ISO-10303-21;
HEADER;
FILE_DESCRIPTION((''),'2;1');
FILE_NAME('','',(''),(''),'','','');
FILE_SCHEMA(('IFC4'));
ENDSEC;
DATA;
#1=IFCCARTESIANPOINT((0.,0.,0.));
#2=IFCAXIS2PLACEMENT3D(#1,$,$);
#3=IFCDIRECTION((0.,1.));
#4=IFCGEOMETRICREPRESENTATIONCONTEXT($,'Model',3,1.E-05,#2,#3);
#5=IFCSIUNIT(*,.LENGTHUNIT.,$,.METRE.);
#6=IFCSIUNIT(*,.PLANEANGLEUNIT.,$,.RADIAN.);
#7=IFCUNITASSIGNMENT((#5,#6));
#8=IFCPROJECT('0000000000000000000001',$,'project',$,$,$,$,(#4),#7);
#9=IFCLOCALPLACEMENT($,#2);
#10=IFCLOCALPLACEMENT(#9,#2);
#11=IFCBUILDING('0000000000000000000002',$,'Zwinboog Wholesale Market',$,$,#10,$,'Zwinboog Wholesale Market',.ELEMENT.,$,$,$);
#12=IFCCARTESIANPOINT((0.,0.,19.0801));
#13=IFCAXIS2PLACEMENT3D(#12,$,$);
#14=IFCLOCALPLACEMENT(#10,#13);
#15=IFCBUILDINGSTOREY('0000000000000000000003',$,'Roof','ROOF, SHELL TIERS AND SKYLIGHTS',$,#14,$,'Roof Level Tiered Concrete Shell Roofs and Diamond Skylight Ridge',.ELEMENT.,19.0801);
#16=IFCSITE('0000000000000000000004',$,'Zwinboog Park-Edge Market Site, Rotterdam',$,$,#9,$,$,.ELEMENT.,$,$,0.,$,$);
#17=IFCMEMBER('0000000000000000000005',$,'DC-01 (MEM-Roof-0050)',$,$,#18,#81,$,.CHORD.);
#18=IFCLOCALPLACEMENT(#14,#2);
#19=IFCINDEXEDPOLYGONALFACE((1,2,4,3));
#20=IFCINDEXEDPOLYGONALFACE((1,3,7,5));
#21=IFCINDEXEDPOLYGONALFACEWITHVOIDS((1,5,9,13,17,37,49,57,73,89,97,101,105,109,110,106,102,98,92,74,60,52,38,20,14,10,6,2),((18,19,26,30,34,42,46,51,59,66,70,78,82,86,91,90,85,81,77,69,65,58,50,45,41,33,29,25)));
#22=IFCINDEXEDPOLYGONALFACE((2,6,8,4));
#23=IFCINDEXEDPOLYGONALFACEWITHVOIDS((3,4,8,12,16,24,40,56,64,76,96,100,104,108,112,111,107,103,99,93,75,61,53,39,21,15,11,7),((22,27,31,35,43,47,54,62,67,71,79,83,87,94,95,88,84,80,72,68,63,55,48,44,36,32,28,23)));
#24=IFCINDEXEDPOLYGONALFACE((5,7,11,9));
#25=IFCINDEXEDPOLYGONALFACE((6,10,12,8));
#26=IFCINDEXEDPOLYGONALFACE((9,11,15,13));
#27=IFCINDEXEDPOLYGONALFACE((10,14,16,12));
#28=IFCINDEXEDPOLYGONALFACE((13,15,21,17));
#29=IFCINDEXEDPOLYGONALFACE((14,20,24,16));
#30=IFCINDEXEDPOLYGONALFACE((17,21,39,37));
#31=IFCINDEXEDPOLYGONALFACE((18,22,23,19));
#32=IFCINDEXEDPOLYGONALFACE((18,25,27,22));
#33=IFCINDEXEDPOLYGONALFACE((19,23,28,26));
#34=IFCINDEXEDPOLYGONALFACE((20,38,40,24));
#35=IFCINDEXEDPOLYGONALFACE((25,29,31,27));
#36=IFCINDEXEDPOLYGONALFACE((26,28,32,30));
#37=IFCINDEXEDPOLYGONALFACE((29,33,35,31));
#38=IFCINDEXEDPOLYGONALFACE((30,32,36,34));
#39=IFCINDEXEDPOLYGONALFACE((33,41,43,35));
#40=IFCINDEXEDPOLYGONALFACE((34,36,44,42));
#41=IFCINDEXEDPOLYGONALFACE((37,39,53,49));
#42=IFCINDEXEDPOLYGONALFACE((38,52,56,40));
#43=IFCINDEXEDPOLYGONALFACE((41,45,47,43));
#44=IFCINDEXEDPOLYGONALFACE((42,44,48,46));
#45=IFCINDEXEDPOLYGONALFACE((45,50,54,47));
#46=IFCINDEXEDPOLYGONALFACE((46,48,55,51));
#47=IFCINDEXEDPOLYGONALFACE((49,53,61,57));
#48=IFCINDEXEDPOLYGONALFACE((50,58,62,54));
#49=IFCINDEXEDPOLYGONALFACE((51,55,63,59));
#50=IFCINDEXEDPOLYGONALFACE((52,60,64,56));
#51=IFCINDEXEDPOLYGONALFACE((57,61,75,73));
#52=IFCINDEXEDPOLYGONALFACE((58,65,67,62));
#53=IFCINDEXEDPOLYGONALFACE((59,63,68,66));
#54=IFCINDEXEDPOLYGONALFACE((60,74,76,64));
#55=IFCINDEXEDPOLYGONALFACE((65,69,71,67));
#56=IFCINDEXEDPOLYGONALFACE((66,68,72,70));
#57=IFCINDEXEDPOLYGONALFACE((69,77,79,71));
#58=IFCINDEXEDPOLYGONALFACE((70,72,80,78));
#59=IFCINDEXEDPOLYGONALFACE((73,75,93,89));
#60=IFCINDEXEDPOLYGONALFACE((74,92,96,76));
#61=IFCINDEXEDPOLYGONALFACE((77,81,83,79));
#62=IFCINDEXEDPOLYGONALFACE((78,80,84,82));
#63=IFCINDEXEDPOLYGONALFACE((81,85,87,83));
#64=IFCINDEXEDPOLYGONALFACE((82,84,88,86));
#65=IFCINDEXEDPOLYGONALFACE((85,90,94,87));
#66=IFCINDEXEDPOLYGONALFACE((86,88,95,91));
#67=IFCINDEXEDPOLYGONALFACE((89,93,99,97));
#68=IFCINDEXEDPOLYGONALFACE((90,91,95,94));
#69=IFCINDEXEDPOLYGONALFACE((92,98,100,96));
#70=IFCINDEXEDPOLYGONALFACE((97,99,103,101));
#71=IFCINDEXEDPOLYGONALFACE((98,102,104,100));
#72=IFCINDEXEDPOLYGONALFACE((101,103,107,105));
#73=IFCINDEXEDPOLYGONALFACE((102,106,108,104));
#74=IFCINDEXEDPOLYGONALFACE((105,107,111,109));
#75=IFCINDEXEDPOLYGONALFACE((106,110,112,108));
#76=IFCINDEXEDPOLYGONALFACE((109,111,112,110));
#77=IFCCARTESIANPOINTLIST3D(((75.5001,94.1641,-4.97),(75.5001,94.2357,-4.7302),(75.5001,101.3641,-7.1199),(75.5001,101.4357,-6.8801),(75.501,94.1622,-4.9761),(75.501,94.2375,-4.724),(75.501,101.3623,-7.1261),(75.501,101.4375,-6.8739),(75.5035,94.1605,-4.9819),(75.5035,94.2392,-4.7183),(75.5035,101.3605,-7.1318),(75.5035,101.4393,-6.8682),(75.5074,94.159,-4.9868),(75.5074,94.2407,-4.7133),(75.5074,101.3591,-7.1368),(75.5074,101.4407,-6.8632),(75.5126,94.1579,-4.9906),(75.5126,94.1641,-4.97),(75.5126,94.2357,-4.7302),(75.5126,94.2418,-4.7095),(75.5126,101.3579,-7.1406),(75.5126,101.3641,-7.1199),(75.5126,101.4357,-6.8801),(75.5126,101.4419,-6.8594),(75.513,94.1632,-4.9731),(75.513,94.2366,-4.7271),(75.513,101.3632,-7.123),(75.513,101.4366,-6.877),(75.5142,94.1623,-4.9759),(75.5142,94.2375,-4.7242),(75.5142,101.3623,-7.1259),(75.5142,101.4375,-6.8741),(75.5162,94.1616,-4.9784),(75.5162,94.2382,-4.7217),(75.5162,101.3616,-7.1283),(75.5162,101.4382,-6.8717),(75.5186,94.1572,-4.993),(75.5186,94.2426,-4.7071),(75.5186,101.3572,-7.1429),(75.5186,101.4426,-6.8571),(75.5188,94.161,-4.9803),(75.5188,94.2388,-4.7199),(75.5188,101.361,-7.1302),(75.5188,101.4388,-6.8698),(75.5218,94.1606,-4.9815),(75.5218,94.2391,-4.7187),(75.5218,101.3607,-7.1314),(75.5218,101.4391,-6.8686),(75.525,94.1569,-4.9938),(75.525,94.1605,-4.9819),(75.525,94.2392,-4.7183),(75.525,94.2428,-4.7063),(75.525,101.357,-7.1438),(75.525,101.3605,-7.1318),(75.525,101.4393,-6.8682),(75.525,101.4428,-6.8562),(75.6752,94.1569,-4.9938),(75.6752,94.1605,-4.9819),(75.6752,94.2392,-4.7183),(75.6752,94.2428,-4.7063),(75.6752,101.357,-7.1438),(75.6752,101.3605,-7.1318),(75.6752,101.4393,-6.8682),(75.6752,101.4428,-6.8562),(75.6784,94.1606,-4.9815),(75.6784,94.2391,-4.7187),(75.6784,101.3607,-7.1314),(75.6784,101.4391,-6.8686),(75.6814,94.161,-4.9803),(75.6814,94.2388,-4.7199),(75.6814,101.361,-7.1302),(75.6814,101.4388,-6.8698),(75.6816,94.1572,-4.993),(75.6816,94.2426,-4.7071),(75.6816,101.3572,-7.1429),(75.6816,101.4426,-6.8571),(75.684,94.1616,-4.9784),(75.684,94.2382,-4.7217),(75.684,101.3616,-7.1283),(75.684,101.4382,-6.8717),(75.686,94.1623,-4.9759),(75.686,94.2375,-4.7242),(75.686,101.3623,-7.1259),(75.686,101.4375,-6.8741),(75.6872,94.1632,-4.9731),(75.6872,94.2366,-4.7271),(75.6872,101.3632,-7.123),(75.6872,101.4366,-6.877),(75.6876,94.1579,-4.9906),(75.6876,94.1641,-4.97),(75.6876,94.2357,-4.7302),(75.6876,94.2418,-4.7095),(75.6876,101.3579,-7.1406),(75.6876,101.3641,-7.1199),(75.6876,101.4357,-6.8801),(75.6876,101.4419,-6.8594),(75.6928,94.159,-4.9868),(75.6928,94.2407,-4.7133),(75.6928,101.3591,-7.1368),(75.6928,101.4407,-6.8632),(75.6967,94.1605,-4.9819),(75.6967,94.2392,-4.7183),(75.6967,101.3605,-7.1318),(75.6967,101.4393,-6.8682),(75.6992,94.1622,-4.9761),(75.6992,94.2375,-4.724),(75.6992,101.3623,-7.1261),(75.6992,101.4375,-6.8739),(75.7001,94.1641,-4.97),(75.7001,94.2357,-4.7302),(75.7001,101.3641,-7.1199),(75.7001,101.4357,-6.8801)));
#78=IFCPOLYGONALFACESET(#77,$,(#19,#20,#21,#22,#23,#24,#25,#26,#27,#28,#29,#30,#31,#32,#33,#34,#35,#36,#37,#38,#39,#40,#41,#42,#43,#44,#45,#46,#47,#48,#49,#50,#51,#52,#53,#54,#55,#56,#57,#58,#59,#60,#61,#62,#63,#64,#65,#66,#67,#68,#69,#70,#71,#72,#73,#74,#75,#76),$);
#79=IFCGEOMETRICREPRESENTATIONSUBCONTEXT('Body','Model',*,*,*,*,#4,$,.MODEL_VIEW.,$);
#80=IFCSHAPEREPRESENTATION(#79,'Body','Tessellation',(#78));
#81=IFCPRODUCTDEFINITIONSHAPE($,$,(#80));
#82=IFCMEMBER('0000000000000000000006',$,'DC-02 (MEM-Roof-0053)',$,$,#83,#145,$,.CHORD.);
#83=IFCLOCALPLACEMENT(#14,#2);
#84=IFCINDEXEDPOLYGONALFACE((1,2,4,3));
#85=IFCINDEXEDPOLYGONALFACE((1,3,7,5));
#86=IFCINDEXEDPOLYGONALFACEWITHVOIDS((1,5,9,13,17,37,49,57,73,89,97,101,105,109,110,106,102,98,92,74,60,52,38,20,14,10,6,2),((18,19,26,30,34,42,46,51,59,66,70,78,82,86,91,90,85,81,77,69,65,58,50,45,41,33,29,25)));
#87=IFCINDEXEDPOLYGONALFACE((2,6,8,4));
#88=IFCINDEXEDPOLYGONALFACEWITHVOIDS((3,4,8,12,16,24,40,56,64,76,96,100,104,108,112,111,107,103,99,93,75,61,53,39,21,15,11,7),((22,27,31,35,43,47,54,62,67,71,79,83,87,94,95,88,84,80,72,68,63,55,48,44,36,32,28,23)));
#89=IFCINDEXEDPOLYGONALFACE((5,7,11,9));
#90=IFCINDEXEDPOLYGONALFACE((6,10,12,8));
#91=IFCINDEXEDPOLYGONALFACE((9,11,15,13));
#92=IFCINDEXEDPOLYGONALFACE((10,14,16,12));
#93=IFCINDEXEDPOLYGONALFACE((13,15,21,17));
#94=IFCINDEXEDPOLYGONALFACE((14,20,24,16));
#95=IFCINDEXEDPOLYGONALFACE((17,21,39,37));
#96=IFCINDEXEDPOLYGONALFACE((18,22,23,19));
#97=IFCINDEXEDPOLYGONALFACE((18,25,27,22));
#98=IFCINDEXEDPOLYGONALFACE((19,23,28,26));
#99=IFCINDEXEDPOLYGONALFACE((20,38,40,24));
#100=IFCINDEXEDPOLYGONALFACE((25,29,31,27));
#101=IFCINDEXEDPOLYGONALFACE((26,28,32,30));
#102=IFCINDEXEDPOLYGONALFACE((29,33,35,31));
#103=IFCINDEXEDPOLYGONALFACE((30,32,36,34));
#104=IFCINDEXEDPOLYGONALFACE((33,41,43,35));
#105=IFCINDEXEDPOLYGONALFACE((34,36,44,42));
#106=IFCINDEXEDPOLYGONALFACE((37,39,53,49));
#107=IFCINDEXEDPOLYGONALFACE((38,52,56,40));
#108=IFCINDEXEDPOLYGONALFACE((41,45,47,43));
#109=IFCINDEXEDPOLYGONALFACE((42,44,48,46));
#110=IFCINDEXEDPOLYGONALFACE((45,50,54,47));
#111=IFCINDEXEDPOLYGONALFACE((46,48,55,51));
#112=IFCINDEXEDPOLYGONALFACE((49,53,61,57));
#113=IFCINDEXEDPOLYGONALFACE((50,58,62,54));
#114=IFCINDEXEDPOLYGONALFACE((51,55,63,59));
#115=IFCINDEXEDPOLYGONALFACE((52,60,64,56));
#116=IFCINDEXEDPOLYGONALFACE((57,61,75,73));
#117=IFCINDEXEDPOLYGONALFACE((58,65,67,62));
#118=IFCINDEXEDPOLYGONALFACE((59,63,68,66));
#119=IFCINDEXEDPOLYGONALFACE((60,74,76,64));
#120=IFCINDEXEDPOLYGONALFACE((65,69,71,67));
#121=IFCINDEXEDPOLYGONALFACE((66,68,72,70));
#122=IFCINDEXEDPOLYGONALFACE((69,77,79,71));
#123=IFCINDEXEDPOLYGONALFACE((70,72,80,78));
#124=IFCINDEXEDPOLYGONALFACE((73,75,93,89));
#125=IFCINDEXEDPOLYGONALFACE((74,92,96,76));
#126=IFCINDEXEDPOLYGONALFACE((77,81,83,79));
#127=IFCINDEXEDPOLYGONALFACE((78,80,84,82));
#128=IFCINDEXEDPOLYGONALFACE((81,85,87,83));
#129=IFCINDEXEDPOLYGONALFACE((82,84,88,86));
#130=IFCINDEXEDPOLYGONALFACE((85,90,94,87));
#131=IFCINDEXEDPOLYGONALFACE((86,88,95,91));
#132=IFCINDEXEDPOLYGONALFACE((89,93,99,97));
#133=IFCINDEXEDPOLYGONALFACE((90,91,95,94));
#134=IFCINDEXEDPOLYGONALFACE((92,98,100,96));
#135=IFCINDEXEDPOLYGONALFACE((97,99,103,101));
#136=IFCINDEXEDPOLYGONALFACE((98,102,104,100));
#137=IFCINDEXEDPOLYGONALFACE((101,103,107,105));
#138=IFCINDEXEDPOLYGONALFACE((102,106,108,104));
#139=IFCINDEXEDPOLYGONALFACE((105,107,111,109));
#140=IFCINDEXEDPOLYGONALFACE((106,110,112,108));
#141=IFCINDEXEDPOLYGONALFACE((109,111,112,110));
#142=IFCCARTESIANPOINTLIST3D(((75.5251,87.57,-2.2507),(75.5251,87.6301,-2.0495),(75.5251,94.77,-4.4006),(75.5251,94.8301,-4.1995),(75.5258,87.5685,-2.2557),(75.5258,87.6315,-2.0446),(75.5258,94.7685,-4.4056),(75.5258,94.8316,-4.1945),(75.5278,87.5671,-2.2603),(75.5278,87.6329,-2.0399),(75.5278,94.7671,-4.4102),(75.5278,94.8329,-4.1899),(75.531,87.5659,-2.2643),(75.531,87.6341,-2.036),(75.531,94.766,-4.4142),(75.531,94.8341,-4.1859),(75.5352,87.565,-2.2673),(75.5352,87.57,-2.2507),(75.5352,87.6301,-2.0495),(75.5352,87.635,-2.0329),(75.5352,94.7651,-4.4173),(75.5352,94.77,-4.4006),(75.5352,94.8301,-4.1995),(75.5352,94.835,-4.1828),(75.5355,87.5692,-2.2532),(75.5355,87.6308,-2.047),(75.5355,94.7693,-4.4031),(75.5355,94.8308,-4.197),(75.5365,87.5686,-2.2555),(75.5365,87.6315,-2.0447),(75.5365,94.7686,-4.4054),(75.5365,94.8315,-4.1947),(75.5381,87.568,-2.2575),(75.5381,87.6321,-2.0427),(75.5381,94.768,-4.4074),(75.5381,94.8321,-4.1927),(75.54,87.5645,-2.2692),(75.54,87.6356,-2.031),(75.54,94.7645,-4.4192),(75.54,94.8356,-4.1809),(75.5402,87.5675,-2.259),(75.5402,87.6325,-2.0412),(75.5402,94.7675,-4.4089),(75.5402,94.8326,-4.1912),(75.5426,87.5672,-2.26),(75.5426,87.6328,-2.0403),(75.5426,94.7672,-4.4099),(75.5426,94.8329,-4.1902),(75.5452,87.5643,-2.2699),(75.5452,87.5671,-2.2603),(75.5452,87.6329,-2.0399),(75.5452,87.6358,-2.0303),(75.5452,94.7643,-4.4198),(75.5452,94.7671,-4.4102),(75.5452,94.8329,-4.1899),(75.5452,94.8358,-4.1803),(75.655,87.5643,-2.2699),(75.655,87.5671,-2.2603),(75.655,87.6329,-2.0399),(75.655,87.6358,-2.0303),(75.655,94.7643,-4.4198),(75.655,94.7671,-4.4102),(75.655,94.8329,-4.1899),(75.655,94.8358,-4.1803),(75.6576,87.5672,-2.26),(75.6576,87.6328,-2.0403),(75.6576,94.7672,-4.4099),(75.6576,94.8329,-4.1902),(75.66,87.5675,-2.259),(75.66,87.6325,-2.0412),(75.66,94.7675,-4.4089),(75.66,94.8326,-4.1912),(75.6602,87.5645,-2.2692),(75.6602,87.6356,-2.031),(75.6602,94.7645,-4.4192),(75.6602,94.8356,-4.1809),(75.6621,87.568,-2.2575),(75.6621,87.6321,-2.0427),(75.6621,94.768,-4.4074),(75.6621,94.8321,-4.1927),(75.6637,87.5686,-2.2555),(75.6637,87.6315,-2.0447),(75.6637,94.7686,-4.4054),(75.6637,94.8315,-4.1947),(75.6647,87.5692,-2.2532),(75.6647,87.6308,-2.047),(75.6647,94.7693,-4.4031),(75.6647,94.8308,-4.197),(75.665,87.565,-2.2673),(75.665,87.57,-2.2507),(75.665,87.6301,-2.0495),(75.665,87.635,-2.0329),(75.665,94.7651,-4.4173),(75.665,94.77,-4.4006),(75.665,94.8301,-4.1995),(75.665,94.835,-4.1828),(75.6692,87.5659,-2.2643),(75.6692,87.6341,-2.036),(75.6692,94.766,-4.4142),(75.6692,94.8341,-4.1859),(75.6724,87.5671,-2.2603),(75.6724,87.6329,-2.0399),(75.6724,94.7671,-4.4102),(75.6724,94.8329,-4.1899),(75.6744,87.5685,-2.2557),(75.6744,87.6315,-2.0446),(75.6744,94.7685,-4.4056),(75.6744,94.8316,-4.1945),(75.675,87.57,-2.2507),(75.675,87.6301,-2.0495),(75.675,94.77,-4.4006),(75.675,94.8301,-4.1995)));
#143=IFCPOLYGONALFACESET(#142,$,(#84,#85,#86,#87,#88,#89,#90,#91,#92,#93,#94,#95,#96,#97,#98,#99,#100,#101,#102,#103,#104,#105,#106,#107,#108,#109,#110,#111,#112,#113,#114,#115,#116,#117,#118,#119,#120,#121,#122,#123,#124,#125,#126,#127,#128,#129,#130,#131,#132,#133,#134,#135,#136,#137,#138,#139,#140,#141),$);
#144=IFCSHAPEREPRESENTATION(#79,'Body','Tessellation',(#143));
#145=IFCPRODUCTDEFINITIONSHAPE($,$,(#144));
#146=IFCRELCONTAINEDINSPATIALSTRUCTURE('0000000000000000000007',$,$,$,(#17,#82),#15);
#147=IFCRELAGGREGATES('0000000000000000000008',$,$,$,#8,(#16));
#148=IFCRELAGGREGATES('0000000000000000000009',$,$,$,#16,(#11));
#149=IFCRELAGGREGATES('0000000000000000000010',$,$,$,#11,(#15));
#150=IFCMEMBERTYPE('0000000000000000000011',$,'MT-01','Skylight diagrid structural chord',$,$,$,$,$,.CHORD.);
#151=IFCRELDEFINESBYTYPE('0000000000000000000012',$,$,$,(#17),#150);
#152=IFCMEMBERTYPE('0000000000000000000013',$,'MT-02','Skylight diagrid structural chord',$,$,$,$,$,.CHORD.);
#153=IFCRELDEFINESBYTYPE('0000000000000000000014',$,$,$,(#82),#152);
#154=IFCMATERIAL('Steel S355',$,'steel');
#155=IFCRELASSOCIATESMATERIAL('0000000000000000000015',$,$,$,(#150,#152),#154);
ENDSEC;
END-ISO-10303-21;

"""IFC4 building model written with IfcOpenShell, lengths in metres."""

from ifc_helpers import new_model, si_unit, direction, frame, origin, origin_2d, place, context, subcontext, project, spatial, hollow_rectangle, extrude, material, material_profile, profile_set, type_object, element, save


model = new_model("IFC4")

# Units and contexts
model_context = context("Model", 3, precision=1e-05, world=origin(), true_north=direction((0.0, 1.0)))
body_context = subcontext(model_context, "Body", "Model", "MODEL_VIEW")
ifc_project = project(units=[si_unit("LENGTHUNIT", "METRE"), si_unit("PLANEANGLEUNIT", "RADIAN")], contexts=[model_context])

# Site, building, storey
site_placement = place(None, origin())
site = spatial("IfcSite", under=ifc_project, at=site_placement, Name="Zwinboog Park-Edge Market Site, Rotterdam", CompositionType="ELEMENT", RefElevation=0.0)
building_placement = place(site_placement, origin())
building = spatial("IfcBuilding", under=site, at=building_placement, Name="Zwinboog Wholesale Market", LongName="Zwinboog Wholesale Market", CompositionType="ELEMENT")
storey_placement = place(building_placement, frame((0.0, 0.0, 19.0801)))
storey = spatial("IfcBuildingStorey", under=building, at=storey_placement, Name="Roof", Description="ROOF, SHELL TIERS AND SKYLIGHTS", LongName="Roof Level Tiered Concrete Shell Roofs and Diamond Skylight Ridge", CompositionType="ELEMENT", Elevation=19.0801)

# Members
ifc_material_1 = material(Name="Steel S355", Category="steel")
ifc_material_profile_1 = material_profile(ifc_material_1, hollow_rectangle(XDim=0.2, YDim=0.3, WallThickness=0.0125, InnerFilletRadius=0.0125, OuterFilletRadius=0.0249, at=origin_2d()), Name="RHS 300x200x12.5")
ifc_profile_set_1 = profile_set([ifc_material_profile_1], Name="Steel S355")
member_type_1 = type_object("IfcMemberType", Name="MT-01", Description="Skylight diagrid structural chord", PredefinedType="CHORD", material=ifc_profile_set_1)
for number, where, z_axis, x_axis, name in (
    (1, (75.6001, 101.3999, -7.0), (0.0, -0.958195, 0.286117), (1.0, 0.0, 0.0), "DC-01 (MEM-Roof-0050)"),
):
    element("IfcMember", number, at=place(storey_placement, frame(where, z_axis=z_axis, x_axis=x_axis)), inside=storey, type_object=member_type_1, Name=name, PredefinedType="CHORD", context=body_context, shape_type="SweptSolid", body=[
        extrude(hollow_rectangle(XDim=0.2, YDim=0.3, WallThickness=0.0125, InnerFilletRadius=0.0125, OuterFilletRadius=0.0249, at=origin_2d()), origin(), (0.0, 0.0, 1.0), 7.5142),
    ])
ifc_material_profile_2 = material_profile(ifc_material_1, hollow_rectangle(XDim=0.1499, YDim=0.25, WallThickness=0.01, InnerFilletRadius=0.01, OuterFilletRadius=0.02, at=origin_2d()), Name="RHS 250x150x10")
ifc_profile_set_2 = profile_set([ifc_material_profile_2], Name="Steel S355")
member_type_2 = type_object("IfcMemberType", Name="MT-02", Description="Skylight diagrid structural chord", PredefinedType="CHORD", material=ifc_profile_set_2)
member_1_placement = place(storey_placement, frame((75.6001, 94.8, -4.3), z_axis=(0.0, -0.958195, 0.286117), x_axis=(1.0, 0.0, 0.0)))
element("IfcMember", 2, at=member_1_placement, inside=storey, type_object=member_type_2, Name="DC-02 (MEM-Roof-0053)", PredefinedType="CHORD", context=body_context, shape_type="SweptSolid", body=[
    extrude(hollow_rectangle(XDim=0.1499, YDim=0.25, WallThickness=0.01, InnerFilletRadius=0.01, OuterFilletRadius=0.02, at=origin_2d()), origin(), (0.0, 0.0, 1.0), 7.5142),
])

save(model, "model.ifc")
